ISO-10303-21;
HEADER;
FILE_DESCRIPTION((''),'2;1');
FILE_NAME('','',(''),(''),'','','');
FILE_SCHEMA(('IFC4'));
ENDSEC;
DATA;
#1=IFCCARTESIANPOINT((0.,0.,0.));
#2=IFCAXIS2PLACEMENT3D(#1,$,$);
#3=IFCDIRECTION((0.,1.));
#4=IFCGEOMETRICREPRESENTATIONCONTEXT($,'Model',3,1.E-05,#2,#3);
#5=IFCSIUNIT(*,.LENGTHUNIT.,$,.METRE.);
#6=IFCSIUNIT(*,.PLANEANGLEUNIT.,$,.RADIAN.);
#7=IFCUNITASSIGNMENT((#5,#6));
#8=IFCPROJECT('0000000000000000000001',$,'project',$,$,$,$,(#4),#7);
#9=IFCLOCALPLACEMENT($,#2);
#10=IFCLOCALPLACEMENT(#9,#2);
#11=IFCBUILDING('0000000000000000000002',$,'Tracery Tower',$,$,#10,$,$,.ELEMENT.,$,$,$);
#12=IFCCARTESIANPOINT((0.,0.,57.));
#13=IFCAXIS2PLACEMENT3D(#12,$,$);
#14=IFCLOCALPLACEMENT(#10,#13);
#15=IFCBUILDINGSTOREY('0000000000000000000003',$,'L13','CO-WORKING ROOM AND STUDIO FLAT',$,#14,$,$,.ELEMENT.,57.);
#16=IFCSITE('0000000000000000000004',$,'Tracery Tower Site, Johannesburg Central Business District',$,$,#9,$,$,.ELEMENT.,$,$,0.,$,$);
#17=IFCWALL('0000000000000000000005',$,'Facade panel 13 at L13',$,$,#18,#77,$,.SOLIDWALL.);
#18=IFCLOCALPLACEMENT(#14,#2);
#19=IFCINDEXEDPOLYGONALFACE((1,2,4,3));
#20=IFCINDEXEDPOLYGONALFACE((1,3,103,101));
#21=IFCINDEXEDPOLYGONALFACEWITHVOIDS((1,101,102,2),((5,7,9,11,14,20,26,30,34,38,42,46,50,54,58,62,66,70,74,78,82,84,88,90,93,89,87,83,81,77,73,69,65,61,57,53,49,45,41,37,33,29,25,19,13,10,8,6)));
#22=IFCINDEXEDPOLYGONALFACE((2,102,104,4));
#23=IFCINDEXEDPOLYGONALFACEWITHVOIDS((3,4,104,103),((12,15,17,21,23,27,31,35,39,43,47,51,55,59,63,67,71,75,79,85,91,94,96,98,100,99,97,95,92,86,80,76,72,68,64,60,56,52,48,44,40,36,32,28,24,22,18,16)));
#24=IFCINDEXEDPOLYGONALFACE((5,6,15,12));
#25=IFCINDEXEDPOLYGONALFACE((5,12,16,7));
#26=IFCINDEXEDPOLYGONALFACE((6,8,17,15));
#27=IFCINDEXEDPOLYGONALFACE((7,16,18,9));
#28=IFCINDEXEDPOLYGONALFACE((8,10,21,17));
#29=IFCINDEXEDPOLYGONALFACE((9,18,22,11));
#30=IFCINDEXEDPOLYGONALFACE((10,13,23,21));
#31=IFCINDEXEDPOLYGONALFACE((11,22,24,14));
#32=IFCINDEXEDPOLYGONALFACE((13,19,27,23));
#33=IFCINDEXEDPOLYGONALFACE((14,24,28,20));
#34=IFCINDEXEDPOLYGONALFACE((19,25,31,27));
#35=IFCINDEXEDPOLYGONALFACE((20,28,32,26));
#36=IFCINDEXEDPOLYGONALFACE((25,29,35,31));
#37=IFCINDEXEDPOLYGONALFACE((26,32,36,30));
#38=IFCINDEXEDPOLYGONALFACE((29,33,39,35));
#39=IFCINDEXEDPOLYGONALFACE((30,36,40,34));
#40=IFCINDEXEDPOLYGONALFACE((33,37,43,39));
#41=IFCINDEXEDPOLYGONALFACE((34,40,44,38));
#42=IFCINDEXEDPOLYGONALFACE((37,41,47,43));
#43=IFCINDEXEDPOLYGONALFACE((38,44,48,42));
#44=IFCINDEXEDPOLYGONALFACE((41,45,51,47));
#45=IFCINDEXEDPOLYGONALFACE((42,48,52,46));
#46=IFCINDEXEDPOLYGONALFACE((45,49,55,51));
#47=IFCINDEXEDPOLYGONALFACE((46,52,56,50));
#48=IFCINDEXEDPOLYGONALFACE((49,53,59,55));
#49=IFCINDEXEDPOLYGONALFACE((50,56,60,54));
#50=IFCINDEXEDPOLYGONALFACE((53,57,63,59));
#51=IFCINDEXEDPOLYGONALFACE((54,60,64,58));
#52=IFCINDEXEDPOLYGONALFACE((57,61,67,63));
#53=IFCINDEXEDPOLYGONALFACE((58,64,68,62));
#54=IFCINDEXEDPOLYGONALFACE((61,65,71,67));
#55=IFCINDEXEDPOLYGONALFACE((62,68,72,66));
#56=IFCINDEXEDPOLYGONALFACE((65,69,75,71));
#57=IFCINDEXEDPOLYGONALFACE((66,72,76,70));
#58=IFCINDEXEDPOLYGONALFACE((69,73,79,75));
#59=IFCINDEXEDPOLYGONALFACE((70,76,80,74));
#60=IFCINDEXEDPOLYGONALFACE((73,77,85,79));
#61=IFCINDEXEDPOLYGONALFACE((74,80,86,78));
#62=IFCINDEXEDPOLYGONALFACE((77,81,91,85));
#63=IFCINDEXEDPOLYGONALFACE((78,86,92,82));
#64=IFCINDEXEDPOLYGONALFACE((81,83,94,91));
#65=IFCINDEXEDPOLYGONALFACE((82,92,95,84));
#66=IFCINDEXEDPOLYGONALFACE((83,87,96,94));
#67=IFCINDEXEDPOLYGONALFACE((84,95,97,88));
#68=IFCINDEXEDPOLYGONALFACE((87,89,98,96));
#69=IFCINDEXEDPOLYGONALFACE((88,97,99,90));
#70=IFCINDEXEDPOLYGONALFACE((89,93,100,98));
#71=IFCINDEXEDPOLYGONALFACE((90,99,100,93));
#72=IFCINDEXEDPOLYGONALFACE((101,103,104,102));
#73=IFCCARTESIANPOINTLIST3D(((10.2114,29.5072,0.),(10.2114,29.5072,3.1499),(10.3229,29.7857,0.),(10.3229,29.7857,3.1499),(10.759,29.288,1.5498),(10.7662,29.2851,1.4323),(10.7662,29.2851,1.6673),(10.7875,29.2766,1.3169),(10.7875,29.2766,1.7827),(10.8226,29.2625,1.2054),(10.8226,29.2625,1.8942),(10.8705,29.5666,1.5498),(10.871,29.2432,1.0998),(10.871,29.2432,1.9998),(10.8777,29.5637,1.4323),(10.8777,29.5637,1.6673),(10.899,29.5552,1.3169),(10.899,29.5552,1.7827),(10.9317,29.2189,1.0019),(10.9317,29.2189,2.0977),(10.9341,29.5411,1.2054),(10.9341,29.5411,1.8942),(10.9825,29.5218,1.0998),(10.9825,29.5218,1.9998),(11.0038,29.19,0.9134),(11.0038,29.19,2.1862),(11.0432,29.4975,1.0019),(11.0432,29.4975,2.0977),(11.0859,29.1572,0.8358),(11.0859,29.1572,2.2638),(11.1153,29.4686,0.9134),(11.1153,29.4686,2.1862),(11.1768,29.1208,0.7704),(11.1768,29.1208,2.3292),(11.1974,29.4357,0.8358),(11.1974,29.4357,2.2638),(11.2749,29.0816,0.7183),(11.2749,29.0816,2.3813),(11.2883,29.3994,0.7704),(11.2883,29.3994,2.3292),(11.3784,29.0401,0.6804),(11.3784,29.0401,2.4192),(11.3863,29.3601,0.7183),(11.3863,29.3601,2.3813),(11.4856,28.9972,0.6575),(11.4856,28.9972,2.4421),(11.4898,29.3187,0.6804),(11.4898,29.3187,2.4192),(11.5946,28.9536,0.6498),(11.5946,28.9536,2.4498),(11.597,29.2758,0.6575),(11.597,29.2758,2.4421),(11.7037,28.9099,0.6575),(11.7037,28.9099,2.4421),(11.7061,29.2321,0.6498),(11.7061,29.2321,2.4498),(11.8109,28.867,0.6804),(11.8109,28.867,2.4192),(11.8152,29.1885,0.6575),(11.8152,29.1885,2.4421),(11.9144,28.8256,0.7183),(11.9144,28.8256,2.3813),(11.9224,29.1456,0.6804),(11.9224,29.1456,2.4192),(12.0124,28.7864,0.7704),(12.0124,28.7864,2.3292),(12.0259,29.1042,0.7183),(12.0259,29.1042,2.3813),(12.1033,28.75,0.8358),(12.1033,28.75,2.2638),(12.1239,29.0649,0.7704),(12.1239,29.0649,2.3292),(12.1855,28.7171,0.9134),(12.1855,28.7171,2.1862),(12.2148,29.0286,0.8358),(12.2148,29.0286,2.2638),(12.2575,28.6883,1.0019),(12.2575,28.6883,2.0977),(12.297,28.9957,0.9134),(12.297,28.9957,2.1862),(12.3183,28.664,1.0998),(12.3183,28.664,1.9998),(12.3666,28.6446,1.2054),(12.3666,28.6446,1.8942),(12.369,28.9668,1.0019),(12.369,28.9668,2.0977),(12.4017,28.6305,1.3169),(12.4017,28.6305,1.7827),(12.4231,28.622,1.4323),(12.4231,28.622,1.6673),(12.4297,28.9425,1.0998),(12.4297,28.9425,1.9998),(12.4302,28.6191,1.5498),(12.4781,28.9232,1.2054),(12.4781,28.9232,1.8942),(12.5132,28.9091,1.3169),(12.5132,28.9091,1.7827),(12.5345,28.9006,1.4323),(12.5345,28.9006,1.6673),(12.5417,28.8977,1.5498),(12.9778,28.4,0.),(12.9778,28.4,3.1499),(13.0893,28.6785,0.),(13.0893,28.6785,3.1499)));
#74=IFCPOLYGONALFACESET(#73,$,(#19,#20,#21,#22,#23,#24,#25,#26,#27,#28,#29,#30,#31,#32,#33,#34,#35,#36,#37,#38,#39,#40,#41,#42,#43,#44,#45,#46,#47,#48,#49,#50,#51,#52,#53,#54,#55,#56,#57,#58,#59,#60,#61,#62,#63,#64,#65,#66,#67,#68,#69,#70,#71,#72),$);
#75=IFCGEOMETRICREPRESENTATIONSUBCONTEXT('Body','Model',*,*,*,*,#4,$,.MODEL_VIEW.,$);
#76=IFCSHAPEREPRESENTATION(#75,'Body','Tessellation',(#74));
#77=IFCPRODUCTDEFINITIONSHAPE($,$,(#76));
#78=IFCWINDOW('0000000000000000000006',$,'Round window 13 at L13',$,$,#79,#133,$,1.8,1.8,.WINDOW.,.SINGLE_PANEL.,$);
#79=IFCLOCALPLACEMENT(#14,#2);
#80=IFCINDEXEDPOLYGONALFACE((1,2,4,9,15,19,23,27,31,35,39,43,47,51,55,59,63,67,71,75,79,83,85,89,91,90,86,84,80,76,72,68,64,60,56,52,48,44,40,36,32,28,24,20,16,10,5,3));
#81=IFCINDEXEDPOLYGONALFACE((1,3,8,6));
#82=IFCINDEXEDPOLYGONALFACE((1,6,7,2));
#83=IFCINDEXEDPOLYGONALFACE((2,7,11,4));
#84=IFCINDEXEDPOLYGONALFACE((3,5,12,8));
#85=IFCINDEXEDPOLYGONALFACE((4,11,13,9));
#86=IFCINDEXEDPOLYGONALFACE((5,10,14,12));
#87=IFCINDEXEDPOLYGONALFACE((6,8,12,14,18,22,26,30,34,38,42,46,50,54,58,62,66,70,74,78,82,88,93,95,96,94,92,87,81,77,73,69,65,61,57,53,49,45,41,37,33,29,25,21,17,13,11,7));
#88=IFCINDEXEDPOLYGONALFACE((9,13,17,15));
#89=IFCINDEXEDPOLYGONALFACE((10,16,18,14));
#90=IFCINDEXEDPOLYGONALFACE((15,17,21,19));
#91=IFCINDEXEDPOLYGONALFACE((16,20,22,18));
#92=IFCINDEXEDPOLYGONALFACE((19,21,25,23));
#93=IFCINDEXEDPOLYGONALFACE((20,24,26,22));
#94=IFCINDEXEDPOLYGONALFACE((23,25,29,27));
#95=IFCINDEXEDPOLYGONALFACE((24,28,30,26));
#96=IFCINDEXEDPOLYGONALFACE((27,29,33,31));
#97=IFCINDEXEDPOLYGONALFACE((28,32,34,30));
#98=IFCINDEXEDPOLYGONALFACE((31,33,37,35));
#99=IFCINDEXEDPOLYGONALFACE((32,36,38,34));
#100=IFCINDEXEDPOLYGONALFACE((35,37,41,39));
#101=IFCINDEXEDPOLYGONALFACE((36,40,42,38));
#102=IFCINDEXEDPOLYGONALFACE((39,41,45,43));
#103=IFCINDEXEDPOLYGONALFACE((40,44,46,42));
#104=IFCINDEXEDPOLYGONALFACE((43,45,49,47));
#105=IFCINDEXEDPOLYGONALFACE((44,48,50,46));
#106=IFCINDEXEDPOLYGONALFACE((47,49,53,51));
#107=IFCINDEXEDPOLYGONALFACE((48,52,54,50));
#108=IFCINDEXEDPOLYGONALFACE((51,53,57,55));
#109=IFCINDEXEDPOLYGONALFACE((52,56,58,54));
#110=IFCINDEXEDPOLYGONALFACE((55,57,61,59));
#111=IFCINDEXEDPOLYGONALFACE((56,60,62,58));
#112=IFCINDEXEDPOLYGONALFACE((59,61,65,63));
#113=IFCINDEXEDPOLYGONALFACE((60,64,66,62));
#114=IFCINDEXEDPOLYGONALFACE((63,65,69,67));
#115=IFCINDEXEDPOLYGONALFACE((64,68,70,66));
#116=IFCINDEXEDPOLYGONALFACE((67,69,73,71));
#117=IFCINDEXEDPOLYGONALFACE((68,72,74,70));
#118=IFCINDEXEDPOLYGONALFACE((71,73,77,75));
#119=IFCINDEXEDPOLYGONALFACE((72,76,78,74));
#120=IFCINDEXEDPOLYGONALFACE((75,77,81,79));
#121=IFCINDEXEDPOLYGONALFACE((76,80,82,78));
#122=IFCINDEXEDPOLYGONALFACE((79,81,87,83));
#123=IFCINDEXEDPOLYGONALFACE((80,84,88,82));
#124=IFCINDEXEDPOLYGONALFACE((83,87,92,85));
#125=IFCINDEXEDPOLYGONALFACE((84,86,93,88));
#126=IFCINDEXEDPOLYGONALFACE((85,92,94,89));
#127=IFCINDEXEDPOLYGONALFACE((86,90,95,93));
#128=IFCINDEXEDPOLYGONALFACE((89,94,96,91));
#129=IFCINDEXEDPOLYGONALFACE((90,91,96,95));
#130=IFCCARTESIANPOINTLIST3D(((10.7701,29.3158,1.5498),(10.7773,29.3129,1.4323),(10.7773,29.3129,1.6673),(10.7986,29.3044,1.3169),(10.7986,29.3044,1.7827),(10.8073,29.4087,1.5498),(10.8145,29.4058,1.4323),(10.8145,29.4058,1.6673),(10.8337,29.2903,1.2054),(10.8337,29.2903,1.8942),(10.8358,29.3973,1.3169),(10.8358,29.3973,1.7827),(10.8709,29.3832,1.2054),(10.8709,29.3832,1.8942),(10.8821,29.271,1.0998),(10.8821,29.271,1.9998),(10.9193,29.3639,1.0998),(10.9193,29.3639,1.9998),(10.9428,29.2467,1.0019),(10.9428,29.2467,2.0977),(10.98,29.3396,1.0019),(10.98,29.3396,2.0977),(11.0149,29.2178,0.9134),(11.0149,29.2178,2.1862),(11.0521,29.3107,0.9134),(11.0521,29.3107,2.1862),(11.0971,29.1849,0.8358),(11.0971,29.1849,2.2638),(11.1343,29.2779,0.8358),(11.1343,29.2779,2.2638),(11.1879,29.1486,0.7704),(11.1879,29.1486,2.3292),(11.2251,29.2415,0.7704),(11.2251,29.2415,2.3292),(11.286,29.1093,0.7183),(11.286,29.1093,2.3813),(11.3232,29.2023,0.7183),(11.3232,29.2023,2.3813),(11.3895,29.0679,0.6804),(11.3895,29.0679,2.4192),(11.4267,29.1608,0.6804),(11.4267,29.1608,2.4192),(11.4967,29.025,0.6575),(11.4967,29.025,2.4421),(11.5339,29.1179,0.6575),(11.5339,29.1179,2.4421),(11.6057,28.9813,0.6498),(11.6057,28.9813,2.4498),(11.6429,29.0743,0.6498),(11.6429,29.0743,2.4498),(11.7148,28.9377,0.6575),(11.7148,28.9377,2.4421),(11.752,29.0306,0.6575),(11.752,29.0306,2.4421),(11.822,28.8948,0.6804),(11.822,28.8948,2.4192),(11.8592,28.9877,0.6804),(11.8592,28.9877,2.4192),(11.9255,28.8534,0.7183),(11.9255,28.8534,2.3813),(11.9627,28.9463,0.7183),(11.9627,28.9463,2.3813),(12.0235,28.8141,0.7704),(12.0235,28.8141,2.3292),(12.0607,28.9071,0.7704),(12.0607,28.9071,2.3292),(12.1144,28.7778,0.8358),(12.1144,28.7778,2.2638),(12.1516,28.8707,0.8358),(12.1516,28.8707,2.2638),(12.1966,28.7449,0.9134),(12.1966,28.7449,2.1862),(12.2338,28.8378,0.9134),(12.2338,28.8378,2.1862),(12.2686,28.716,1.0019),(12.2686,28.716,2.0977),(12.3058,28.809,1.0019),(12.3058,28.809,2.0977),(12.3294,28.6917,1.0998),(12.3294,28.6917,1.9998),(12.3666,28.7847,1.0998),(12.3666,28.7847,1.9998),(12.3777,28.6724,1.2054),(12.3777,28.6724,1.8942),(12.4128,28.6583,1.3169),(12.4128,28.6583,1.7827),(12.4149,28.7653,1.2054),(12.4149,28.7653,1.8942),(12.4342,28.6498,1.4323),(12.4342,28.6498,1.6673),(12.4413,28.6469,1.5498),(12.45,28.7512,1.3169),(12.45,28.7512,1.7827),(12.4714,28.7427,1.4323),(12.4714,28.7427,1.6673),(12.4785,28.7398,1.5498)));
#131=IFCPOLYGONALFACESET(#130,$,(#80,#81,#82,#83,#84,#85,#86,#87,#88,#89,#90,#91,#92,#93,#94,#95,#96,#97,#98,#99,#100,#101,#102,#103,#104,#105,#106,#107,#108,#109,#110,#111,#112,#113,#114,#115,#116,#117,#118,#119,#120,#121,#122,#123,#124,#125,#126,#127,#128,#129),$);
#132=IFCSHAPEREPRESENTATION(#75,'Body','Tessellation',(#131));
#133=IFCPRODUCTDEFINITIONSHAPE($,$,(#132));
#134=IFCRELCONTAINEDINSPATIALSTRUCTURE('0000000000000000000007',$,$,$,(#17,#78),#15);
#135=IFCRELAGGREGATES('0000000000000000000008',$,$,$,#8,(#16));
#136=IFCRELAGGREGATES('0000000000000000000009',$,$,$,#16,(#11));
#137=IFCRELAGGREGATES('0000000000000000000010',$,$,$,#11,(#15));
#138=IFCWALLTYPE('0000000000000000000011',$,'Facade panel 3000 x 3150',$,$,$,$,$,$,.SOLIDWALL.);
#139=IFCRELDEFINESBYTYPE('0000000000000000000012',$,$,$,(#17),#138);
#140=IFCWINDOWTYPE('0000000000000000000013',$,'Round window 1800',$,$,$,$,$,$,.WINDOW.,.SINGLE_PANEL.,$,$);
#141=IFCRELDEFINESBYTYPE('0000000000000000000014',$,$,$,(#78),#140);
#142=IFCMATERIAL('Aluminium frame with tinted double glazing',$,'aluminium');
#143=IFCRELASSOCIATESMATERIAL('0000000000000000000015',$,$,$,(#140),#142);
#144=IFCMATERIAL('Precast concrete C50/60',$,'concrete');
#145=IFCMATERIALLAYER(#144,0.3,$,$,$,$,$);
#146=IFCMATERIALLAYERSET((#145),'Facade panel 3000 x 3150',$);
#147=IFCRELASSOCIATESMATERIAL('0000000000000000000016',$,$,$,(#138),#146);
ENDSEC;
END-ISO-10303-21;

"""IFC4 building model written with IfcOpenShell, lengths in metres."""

from ifc_helpers import new_model, si_unit, direction, frame, frame_2d, origin, origin_2d, place, context, subcontext, project, spatial, rectangle, circle, extrude, material, layer, layer_set, type_object, element, fill, save


model = new_model("IFC4")

# Units and contexts
model_context = context("Model", 3, precision=1e-05, world=origin(), true_north=direction((0.0, 1.0)))
body_context = subcontext(model_context, "Body", "Model", "MODEL_VIEW")
ifc_project = project(units=[si_unit("LENGTHUNIT", "METRE"), si_unit("PLANEANGLEUNIT", "RADIAN")], contexts=[model_context])

# Site, building, storey
site_placement = place(None, origin())
site = spatial("IfcSite", under=ifc_project, at=site_placement, Name="Tracery Tower Site, Johannesburg Central Business District", CompositionType="ELEMENT", RefElevation=0.0)
building_placement = place(site_placement, origin())
building = spatial("IfcBuilding", under=site, at=building_placement, Name="Tracery Tower", CompositionType="ELEMENT")
storey_placement = place(building_placement, frame((0.0, 0.0, 57.0)))
storey = spatial("IfcBuildingStorey", under=building, at=storey_placement, Name="L13", Description="CO-WORKING ROOM AND STUDIO FLAT", CompositionType="ELEMENT", Elevation=57.0)

# Wall, opening, window
ifc_material_1 = material(Name="Aluminium frame with tinted double glazing", Category="aluminium")
window_type = type_object("IfcWindowType", Name="Round window 1800", PartitioningType="SINGLE_PANEL", PredefinedType="WINDOW", material=ifc_material_1)
ifc_material_2 = material(Name="Precast concrete C50/60", Category="concrete")
ifc_layer_1 = layer(ifc_material_2, 0.3)
ifc_layer_set_1 = layer_set([ifc_layer_1], Name="Facade panel 3000 x 3150")
wall_type_1 = type_object("IfcWallType", Name="Facade panel 3000 x 3150", PredefinedType="SOLIDWALL", material=ifc_layer_set_1)
wall_1_placement = place(storey_placement, frame((13.0334, 28.5393, 0.0), z_axis=(0.0, 0.0, 1.0), x_axis=(-0.928403, 0.371574, 0.0)))
wall_1 = element("IfcWall", 1, at=wall_1_placement, inside=storey, type_object=wall_type_1, Name="Facade panel 13 at L13", PredefinedType="SOLIDWALL", context=body_context, shape_type="SweptSolid", body=[
    extrude(rectangle(XDim=2.9797, YDim=0.3, at=frame_2d((1.4897, 0.0))), origin(), (0.0, 0.0, 1.0), 3.1499),
])
opening_1_placement = place(wall_1_placement, frame((1.4897, 0.0, 1.5498)))
opening_1 = element("IfcOpeningElement", 2, at=opening_1_placement, cuts=wall_1, PredefinedType="OPENING", context=body_context, shape_type="SweptSolid", body=[
    extrude(circle(Radius=0.9, at=origin_2d()), frame((0.0, 0.1599, 0.0), z_axis=(0.0, -1.0, 0.0), x_axis=(1.0, 0.0, 0.0)), (0.0, 0.0, 1.0), 0.3201),
])
window_1_placement = place(opening_1_placement, origin())
window_1 = element("IfcWindow", 3, at=window_1_placement, inside=storey, type_object=window_type, Name="Round window 13 at L13", OverallHeight=1.8, OverallWidth=1.8, PartitioningType="SINGLE_PANEL", PredefinedType="WINDOW", context=body_context, shape_type="SweptSolid", body=[
    extrude(circle(Radius=0.9, at=origin_2d()), frame((0.0, 0.1201, 0.0), z_axis=(0.0, -1.0, 0.0), x_axis=(1.0, 0.0, 0.0)), (0.0, 0.0, 1.0), 0.1001),
])
fill(opening_1, window_1)

save(model, "model.ifc")
